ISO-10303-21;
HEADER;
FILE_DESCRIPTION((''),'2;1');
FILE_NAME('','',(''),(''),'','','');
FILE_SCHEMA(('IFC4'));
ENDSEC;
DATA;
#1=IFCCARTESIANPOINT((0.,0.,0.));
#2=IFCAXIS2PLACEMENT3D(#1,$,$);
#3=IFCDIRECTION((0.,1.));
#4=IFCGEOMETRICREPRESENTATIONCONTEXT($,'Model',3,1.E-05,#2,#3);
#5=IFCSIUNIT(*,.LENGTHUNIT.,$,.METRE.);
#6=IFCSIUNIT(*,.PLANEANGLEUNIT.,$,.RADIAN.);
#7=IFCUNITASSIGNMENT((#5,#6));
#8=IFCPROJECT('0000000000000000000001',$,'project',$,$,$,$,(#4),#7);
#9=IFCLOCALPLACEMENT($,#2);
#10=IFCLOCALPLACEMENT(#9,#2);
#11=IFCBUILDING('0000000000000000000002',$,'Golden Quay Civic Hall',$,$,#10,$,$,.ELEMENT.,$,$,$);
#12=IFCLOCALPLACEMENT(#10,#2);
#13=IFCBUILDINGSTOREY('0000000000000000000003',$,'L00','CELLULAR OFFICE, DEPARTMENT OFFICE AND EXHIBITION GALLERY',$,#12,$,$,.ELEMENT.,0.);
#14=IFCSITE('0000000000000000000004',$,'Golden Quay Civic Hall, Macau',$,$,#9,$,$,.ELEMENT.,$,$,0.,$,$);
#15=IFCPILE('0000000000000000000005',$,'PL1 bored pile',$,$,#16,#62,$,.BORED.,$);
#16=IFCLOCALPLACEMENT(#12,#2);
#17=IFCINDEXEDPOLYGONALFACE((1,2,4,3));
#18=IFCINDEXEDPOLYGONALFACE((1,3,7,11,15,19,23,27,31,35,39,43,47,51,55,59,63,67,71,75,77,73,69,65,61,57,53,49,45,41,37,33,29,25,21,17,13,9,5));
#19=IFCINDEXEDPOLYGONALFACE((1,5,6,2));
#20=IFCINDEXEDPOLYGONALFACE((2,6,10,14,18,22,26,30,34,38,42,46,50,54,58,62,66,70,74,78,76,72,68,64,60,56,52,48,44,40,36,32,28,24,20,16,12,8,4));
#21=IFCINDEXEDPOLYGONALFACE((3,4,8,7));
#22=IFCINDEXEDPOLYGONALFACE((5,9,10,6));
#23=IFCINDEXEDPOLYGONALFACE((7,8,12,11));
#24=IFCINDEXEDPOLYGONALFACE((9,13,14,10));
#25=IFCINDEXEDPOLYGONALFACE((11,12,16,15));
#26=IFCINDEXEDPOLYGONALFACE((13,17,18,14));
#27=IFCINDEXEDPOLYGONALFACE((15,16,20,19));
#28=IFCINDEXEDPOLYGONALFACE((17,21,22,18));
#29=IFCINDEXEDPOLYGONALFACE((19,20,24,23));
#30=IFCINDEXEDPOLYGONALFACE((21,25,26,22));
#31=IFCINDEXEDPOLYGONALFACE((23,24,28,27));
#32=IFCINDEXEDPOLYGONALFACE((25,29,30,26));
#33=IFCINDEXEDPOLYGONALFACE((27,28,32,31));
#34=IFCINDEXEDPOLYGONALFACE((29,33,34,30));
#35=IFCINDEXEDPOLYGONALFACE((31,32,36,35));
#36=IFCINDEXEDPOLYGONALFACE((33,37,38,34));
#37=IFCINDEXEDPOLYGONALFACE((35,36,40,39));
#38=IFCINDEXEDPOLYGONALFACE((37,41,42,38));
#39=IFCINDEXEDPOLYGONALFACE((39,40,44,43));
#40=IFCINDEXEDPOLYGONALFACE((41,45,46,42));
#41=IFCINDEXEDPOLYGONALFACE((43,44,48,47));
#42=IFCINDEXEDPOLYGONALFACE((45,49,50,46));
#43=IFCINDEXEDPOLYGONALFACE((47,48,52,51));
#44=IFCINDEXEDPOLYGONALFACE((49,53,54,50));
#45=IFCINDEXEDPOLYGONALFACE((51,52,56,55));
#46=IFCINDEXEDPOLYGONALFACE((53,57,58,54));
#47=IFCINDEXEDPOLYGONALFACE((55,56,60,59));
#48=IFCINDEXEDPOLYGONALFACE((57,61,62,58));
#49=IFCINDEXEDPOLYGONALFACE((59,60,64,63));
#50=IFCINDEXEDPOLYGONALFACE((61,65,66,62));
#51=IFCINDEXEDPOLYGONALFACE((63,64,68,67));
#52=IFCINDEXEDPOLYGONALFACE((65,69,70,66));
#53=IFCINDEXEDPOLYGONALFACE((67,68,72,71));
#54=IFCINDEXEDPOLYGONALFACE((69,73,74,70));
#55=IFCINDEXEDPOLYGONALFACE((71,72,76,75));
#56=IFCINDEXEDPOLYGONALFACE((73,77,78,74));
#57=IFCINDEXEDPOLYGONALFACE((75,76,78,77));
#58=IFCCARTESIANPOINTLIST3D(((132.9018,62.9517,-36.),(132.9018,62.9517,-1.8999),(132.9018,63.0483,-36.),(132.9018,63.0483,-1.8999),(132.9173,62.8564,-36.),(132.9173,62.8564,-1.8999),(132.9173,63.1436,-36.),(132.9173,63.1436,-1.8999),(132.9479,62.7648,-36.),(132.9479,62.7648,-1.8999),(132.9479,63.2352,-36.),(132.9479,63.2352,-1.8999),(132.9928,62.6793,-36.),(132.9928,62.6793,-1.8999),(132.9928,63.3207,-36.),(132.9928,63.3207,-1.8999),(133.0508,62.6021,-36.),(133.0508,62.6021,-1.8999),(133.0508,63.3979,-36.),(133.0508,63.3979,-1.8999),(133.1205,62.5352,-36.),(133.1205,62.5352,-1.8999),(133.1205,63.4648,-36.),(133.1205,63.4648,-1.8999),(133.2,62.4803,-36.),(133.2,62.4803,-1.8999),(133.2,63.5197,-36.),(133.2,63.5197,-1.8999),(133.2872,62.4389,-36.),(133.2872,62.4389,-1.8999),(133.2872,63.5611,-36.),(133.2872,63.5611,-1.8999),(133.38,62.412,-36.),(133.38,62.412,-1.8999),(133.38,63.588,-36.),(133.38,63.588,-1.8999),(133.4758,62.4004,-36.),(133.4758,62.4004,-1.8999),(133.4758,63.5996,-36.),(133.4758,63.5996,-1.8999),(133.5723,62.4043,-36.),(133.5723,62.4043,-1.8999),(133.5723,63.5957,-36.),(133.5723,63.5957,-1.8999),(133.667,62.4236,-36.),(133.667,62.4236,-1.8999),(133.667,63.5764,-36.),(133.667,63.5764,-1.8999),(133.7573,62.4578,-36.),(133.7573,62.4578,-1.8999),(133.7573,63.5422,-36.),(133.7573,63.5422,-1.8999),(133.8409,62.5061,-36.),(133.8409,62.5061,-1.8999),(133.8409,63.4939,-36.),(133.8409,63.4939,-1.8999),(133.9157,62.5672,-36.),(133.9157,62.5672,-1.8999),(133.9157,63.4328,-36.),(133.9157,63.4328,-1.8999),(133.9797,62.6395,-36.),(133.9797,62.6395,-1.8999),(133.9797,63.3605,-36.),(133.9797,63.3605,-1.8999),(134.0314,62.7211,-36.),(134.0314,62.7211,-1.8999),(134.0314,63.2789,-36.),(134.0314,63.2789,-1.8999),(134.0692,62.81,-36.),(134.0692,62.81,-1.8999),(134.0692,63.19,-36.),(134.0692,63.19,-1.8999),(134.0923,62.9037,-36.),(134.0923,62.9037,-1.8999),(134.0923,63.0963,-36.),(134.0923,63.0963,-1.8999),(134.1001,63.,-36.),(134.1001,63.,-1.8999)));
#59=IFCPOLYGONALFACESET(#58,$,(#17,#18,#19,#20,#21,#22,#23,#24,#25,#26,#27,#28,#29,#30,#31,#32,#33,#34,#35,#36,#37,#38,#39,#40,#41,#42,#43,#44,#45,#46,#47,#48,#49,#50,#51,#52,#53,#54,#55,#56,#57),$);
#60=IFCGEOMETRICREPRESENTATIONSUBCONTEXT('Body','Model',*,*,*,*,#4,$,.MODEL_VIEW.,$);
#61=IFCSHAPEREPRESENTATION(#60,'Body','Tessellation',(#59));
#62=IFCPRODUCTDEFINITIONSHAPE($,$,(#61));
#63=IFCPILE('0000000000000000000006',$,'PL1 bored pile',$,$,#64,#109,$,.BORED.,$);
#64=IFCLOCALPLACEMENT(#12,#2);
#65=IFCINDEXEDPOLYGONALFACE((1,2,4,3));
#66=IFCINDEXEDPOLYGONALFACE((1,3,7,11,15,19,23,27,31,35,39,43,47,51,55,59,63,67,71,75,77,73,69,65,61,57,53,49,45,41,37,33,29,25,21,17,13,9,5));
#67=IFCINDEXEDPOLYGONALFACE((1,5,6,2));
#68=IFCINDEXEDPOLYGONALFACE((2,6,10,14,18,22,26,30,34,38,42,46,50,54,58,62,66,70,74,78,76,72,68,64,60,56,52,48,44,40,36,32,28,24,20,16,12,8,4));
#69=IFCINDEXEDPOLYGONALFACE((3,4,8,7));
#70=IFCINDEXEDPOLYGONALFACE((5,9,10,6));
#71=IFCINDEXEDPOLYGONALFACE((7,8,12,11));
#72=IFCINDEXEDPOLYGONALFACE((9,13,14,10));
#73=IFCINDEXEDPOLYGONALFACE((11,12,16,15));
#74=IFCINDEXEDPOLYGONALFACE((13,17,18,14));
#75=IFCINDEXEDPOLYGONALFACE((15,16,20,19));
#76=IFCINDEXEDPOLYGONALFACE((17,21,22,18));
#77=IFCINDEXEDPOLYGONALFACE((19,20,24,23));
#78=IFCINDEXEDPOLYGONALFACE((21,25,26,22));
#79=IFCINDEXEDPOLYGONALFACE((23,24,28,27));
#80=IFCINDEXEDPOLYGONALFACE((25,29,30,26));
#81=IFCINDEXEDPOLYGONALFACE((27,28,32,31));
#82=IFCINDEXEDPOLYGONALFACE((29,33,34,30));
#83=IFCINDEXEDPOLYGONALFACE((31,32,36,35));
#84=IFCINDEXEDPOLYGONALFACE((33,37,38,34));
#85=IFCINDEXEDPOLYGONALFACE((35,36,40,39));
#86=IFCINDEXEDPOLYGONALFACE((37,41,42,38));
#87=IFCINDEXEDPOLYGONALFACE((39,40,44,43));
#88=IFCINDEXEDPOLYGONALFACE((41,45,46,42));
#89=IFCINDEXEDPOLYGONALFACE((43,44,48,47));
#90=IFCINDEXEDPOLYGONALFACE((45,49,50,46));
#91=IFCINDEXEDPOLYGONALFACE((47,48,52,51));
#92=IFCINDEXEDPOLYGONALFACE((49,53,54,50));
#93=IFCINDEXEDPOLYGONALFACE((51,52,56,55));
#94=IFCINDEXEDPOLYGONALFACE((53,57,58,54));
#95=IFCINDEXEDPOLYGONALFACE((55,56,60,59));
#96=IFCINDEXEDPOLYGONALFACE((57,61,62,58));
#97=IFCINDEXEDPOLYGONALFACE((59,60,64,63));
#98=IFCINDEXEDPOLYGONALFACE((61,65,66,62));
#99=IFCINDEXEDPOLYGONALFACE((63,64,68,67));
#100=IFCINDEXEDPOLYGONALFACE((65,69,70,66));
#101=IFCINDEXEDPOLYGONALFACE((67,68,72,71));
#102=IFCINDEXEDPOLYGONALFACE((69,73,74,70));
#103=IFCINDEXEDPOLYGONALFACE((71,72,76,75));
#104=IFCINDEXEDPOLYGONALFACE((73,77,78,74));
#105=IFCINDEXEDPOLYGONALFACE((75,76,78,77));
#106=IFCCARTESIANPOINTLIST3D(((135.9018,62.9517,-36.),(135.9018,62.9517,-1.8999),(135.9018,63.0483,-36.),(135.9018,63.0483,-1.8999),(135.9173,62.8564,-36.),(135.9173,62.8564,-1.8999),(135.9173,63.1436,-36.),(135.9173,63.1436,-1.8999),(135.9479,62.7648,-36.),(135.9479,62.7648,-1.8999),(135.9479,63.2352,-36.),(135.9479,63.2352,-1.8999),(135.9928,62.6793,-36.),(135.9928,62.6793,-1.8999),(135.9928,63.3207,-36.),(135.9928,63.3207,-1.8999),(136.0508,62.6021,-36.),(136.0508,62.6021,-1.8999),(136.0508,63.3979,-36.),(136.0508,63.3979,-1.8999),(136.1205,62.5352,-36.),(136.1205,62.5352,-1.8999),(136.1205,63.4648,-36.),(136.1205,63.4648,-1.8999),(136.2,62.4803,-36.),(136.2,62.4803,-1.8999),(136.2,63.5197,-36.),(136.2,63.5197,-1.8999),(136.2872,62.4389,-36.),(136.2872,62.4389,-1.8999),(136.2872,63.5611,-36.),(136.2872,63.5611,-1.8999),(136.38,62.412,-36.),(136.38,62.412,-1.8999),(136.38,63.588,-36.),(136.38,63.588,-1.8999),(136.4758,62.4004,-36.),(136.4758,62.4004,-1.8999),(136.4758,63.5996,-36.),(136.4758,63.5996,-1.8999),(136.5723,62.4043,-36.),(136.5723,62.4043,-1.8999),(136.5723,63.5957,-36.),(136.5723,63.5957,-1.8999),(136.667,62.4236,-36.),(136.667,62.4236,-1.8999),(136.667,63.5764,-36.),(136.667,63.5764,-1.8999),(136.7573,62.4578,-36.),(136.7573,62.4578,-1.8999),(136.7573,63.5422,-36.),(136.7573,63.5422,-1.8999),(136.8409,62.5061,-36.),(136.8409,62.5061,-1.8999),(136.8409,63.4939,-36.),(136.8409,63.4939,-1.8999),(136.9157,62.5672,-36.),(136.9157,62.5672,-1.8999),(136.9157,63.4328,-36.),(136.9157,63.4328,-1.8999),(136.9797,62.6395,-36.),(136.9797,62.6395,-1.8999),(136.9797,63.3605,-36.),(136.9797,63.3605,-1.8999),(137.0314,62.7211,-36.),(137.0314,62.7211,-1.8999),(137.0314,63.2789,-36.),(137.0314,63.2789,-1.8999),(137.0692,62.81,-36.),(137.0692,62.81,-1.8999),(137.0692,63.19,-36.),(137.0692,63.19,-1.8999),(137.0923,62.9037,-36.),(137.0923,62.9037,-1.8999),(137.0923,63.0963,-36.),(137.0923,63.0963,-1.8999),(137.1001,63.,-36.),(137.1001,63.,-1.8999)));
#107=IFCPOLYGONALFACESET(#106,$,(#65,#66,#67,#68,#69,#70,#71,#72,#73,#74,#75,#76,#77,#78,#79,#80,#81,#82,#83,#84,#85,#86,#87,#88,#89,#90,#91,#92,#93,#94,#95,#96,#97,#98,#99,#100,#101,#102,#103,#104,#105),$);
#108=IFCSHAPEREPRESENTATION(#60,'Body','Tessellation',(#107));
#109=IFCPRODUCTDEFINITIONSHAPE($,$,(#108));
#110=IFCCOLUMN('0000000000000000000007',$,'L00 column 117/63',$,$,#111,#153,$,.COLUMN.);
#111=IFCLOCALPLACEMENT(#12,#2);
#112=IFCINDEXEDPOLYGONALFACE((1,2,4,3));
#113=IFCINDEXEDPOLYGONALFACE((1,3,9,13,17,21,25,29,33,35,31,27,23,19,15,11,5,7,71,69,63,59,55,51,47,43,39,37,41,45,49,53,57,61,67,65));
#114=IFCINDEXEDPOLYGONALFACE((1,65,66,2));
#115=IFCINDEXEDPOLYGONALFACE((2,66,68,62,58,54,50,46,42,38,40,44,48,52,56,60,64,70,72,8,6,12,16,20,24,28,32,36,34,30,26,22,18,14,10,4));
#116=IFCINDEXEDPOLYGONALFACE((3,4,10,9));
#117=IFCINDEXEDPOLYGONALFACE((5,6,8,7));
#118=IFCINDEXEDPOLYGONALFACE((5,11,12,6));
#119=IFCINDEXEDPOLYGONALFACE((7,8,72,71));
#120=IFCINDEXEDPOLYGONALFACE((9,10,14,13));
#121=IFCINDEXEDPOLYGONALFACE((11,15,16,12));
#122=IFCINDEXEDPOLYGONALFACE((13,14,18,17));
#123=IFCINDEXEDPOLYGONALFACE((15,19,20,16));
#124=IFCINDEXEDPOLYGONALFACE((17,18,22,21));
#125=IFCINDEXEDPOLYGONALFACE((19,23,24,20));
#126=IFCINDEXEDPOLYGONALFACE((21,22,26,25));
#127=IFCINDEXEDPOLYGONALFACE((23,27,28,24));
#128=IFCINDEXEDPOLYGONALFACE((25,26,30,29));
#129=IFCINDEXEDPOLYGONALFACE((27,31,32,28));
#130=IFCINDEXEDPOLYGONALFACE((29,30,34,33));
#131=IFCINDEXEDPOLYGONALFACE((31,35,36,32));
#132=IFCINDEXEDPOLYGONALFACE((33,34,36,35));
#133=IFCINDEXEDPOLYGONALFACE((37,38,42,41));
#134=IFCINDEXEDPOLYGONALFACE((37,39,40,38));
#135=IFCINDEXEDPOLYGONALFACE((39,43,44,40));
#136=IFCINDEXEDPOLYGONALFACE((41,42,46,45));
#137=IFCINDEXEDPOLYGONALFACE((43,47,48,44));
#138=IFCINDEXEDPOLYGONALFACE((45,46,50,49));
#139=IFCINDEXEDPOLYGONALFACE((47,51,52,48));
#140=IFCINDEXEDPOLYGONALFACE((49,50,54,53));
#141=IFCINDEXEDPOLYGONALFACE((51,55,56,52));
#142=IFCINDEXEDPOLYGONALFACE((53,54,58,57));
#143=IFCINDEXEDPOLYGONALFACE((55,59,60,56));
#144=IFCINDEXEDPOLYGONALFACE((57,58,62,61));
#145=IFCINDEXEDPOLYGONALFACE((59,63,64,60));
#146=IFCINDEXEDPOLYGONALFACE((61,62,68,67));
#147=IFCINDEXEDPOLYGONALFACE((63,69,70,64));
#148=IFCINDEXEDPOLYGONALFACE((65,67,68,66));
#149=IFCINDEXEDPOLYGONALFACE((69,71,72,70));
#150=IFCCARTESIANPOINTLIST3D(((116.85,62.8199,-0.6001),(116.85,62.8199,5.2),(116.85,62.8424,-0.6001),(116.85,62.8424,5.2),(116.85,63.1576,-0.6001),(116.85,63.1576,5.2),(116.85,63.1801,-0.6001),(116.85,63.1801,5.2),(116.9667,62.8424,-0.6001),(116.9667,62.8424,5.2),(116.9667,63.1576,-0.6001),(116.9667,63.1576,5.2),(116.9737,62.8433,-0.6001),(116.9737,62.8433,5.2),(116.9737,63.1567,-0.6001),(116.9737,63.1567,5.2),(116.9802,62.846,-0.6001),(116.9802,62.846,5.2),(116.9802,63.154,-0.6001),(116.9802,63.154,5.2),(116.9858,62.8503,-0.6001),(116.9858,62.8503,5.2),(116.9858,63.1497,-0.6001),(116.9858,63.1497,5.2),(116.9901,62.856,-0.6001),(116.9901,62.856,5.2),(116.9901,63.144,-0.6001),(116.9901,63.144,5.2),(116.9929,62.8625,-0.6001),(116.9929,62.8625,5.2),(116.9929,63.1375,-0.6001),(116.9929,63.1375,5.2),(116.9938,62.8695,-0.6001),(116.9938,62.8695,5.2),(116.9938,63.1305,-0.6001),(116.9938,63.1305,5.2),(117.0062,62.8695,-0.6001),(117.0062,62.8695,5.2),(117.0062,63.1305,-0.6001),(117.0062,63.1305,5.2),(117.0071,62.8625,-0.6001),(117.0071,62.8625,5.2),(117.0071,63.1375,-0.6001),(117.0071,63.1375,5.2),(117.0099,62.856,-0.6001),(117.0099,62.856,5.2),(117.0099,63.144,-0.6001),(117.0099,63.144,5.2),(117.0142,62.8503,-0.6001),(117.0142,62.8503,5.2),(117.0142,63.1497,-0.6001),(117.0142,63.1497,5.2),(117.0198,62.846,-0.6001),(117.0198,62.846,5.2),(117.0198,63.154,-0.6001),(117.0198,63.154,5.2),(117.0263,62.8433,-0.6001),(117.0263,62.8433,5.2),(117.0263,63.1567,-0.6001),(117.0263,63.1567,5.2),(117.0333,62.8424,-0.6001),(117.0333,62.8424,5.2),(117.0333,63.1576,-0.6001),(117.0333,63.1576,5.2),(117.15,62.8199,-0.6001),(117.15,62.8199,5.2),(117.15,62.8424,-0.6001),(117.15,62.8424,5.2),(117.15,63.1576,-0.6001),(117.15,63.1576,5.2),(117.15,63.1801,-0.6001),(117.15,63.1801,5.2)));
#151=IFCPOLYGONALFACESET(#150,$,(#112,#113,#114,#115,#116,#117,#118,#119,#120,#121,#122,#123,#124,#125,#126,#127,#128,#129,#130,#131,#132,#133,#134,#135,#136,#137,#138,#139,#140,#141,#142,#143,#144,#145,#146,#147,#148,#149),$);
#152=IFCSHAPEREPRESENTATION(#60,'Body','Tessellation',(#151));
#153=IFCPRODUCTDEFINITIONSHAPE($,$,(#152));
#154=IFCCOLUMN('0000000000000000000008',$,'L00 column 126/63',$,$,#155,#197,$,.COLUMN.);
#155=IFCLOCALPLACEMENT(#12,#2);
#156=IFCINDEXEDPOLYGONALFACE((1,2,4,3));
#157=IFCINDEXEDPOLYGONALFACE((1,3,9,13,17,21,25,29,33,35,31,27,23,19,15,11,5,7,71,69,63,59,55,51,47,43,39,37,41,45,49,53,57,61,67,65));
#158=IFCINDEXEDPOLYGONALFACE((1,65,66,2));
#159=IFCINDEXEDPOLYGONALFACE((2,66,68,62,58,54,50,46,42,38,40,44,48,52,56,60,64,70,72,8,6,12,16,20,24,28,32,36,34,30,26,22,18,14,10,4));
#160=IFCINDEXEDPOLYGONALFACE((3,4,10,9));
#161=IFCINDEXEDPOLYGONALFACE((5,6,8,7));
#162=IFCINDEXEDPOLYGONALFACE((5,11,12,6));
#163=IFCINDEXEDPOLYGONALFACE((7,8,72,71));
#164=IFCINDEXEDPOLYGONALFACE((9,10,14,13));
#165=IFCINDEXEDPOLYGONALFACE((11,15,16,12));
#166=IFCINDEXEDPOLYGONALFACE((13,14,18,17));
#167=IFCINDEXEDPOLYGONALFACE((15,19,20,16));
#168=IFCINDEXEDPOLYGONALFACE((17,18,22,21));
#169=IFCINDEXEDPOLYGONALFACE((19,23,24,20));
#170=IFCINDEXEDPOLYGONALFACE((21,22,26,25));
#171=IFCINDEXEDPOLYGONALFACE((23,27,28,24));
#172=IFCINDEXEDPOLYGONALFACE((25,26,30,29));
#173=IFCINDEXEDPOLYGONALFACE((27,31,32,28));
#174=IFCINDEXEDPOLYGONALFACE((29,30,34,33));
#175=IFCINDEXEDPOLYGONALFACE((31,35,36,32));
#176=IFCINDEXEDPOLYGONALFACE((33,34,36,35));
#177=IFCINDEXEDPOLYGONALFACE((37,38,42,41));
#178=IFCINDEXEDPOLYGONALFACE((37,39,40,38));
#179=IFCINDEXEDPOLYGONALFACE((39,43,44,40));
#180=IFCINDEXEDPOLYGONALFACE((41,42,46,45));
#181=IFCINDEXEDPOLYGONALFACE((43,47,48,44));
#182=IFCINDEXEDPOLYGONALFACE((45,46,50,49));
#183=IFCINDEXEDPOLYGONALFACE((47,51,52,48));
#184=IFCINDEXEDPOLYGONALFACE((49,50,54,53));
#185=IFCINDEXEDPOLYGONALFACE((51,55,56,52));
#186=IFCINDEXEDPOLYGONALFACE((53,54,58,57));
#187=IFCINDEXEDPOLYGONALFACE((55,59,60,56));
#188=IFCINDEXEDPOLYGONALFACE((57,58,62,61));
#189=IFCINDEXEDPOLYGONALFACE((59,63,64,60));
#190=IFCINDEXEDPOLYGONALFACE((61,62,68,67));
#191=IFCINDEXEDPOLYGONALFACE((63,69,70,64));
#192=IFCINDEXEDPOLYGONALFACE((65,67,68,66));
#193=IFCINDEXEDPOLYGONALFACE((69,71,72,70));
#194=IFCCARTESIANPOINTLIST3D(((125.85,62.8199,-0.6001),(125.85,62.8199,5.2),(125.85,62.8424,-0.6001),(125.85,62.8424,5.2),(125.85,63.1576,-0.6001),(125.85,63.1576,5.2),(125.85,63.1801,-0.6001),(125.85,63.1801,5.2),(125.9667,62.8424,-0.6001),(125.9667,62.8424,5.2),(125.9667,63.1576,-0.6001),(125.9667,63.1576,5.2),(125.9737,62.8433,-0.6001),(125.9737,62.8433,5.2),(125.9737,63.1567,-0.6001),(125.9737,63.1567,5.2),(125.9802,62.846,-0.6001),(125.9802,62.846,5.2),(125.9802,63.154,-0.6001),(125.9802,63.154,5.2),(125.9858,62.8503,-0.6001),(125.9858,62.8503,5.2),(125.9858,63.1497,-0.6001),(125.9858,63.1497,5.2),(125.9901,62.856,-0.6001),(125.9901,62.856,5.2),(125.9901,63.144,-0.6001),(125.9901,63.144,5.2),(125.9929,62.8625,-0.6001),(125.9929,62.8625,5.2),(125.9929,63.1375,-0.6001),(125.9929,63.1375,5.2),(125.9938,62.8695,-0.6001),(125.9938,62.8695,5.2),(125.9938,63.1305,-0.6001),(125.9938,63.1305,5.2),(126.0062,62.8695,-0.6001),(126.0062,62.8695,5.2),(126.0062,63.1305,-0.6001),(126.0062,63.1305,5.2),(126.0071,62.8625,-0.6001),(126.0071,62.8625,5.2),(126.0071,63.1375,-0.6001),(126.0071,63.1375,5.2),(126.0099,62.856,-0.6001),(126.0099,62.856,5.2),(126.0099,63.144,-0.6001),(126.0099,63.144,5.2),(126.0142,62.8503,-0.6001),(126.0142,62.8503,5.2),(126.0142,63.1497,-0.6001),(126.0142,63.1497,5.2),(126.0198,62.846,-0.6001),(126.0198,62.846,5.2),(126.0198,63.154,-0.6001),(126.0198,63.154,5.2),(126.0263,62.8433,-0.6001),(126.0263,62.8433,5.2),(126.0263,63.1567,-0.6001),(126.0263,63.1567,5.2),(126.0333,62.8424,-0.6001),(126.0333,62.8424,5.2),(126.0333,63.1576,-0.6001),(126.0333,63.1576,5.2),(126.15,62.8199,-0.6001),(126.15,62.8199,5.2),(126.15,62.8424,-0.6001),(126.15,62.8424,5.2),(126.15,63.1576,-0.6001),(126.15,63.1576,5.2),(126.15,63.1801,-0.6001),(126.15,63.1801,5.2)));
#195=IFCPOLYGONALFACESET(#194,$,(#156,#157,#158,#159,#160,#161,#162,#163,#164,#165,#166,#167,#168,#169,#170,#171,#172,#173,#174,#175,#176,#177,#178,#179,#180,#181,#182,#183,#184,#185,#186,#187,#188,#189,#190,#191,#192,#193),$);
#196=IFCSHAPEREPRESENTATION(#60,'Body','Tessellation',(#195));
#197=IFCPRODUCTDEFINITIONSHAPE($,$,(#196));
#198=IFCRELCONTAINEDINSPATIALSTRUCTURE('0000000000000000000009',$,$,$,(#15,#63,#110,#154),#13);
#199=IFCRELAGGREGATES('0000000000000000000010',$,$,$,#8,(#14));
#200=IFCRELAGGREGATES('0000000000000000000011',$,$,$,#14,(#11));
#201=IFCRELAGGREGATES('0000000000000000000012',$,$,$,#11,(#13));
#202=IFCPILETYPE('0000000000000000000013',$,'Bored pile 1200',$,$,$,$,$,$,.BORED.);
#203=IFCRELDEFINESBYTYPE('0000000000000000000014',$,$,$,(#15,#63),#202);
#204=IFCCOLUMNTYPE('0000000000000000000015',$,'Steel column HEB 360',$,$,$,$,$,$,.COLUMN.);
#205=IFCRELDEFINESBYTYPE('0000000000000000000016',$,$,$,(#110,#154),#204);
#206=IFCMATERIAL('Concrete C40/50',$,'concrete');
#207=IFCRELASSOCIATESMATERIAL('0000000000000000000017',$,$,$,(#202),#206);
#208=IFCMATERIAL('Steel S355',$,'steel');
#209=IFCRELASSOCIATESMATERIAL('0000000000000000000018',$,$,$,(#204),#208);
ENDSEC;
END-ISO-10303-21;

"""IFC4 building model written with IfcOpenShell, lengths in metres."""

from ifc_helpers import new_model, si_unit, direction, frame, origin, origin_2d, place, context, subcontext, project, spatial, circle, i_section, extrude, material, material_profile, profile_set, type_object, element, save


model = new_model("IFC4")

# Units and contexts
model_context = context("Model", 3, precision=1e-05, world=origin(), true_north=direction((0.0, 1.0)))
body_context = subcontext(model_context, "Body", "Model", "MODEL_VIEW")
ifc_project = project(units=[si_unit("LENGTHUNIT", "METRE"), si_unit("PLANEANGLEUNIT", "RADIAN")], contexts=[model_context])

# Site, building, storey
site_placement = place(None, origin())
site = spatial("IfcSite", under=ifc_project, at=site_placement, Name="Golden Quay Civic Hall, Macau", CompositionType="ELEMENT", RefElevation=0.0)
building_placement = place(site_placement, origin())
building = spatial("IfcBuilding", under=site, at=building_placement, Name="Golden Quay Civic Hall", CompositionType="ELEMENT")
storey_placement = place(building_placement, origin())
storey = spatial("IfcBuildingStorey", under=building, at=storey_placement, Name="L00", Description="CELLULAR OFFICE, DEPARTMENT OFFICE AND EXHIBITION GALLERY", CompositionType="ELEMENT", Elevation=0.0)

# Piles
ifc_material_1 = material(Name="Concrete C40/50", Category="concrete")
ifc_material_profile_1 = material_profile(ifc_material_1, circle(Radius=0.6001, at=origin_2d()), Name="RC D1200")
ifc_profile_set_1 = profile_set([ifc_material_profile_1], Name="Concrete C40/50")
pile_type = type_object("IfcPileType", Name="Bored pile 1200", PredefinedType="BORED", material=ifc_profile_set_1)
for number, where, z_axis, x_axis, name in (
    (1, (133.5, 63.0, -1.8999), (0.0, 0.0, -1.0), (1.0, 0.0, 0.0), "PL1 bored pile"),
    (2, (136.5, 63.0, -1.8999), (0.0, 0.0, -1.0), (1.0, 0.0, 0.0), "PL1 bored pile"),
):
    element("IfcPile", number, at=place(storey_placement, frame(where, z_axis=z_axis, x_axis=x_axis)), inside=storey, type_object=pile_type, Name=name, PredefinedType="BORED", context=body_context, shape_type="SweptSolid", body=[
        extrude(circle(Radius=0.6001, at=origin_2d()), origin(), (0.0, 0.0, 1.0), 34.1001),
    ])

# Columns
ifc_material_2 = material(Name="Steel S355", Category="steel")
ifc_material_profile_2 = material_profile(ifc_material_2, i_section(OverallWidth=0.3, OverallDepth=0.3601, WebThickness=0.0125, FlangeThickness=0.0225, FilletRadius=0.0271, at=origin_2d()), Name="HEB 360")
ifc_profile_set_2 = profile_set([ifc_material_profile_2], Name="Steel S355")
column_type = type_object("IfcColumnType", Name="Steel column HEB 360", PredefinedType="COLUMN", material=ifc_profile_set_2)
for number, where, z_axis, x_axis, name in (
    (3, (117.0, 63.0, -0.6001), (0.0, 0.0, 1.0), (1.0, 0.0, 0.0), "L00 column 117/63"),
    (4, (126.0, 63.0, -0.6001), (0.0, 0.0, 1.0), (1.0, 0.0, 0.0), "L00 column 126/63"),
):
    element("IfcColumn", number, at=place(storey_placement, frame(where, z_axis=z_axis, x_axis=x_axis)), inside=storey, type_object=column_type, Name=name, PredefinedType="COLUMN", context=body_context, shape_type="SweptSolid", body=[
        extrude(i_section(OverallWidth=0.3, OverallDepth=0.3601, WebThickness=0.0125, FlangeThickness=0.0225, FilletRadius=0.0271, at=origin_2d()), origin(), (0.0, 0.0, 1.0), 5.8),
    ])

save(model, "model.ifc")
